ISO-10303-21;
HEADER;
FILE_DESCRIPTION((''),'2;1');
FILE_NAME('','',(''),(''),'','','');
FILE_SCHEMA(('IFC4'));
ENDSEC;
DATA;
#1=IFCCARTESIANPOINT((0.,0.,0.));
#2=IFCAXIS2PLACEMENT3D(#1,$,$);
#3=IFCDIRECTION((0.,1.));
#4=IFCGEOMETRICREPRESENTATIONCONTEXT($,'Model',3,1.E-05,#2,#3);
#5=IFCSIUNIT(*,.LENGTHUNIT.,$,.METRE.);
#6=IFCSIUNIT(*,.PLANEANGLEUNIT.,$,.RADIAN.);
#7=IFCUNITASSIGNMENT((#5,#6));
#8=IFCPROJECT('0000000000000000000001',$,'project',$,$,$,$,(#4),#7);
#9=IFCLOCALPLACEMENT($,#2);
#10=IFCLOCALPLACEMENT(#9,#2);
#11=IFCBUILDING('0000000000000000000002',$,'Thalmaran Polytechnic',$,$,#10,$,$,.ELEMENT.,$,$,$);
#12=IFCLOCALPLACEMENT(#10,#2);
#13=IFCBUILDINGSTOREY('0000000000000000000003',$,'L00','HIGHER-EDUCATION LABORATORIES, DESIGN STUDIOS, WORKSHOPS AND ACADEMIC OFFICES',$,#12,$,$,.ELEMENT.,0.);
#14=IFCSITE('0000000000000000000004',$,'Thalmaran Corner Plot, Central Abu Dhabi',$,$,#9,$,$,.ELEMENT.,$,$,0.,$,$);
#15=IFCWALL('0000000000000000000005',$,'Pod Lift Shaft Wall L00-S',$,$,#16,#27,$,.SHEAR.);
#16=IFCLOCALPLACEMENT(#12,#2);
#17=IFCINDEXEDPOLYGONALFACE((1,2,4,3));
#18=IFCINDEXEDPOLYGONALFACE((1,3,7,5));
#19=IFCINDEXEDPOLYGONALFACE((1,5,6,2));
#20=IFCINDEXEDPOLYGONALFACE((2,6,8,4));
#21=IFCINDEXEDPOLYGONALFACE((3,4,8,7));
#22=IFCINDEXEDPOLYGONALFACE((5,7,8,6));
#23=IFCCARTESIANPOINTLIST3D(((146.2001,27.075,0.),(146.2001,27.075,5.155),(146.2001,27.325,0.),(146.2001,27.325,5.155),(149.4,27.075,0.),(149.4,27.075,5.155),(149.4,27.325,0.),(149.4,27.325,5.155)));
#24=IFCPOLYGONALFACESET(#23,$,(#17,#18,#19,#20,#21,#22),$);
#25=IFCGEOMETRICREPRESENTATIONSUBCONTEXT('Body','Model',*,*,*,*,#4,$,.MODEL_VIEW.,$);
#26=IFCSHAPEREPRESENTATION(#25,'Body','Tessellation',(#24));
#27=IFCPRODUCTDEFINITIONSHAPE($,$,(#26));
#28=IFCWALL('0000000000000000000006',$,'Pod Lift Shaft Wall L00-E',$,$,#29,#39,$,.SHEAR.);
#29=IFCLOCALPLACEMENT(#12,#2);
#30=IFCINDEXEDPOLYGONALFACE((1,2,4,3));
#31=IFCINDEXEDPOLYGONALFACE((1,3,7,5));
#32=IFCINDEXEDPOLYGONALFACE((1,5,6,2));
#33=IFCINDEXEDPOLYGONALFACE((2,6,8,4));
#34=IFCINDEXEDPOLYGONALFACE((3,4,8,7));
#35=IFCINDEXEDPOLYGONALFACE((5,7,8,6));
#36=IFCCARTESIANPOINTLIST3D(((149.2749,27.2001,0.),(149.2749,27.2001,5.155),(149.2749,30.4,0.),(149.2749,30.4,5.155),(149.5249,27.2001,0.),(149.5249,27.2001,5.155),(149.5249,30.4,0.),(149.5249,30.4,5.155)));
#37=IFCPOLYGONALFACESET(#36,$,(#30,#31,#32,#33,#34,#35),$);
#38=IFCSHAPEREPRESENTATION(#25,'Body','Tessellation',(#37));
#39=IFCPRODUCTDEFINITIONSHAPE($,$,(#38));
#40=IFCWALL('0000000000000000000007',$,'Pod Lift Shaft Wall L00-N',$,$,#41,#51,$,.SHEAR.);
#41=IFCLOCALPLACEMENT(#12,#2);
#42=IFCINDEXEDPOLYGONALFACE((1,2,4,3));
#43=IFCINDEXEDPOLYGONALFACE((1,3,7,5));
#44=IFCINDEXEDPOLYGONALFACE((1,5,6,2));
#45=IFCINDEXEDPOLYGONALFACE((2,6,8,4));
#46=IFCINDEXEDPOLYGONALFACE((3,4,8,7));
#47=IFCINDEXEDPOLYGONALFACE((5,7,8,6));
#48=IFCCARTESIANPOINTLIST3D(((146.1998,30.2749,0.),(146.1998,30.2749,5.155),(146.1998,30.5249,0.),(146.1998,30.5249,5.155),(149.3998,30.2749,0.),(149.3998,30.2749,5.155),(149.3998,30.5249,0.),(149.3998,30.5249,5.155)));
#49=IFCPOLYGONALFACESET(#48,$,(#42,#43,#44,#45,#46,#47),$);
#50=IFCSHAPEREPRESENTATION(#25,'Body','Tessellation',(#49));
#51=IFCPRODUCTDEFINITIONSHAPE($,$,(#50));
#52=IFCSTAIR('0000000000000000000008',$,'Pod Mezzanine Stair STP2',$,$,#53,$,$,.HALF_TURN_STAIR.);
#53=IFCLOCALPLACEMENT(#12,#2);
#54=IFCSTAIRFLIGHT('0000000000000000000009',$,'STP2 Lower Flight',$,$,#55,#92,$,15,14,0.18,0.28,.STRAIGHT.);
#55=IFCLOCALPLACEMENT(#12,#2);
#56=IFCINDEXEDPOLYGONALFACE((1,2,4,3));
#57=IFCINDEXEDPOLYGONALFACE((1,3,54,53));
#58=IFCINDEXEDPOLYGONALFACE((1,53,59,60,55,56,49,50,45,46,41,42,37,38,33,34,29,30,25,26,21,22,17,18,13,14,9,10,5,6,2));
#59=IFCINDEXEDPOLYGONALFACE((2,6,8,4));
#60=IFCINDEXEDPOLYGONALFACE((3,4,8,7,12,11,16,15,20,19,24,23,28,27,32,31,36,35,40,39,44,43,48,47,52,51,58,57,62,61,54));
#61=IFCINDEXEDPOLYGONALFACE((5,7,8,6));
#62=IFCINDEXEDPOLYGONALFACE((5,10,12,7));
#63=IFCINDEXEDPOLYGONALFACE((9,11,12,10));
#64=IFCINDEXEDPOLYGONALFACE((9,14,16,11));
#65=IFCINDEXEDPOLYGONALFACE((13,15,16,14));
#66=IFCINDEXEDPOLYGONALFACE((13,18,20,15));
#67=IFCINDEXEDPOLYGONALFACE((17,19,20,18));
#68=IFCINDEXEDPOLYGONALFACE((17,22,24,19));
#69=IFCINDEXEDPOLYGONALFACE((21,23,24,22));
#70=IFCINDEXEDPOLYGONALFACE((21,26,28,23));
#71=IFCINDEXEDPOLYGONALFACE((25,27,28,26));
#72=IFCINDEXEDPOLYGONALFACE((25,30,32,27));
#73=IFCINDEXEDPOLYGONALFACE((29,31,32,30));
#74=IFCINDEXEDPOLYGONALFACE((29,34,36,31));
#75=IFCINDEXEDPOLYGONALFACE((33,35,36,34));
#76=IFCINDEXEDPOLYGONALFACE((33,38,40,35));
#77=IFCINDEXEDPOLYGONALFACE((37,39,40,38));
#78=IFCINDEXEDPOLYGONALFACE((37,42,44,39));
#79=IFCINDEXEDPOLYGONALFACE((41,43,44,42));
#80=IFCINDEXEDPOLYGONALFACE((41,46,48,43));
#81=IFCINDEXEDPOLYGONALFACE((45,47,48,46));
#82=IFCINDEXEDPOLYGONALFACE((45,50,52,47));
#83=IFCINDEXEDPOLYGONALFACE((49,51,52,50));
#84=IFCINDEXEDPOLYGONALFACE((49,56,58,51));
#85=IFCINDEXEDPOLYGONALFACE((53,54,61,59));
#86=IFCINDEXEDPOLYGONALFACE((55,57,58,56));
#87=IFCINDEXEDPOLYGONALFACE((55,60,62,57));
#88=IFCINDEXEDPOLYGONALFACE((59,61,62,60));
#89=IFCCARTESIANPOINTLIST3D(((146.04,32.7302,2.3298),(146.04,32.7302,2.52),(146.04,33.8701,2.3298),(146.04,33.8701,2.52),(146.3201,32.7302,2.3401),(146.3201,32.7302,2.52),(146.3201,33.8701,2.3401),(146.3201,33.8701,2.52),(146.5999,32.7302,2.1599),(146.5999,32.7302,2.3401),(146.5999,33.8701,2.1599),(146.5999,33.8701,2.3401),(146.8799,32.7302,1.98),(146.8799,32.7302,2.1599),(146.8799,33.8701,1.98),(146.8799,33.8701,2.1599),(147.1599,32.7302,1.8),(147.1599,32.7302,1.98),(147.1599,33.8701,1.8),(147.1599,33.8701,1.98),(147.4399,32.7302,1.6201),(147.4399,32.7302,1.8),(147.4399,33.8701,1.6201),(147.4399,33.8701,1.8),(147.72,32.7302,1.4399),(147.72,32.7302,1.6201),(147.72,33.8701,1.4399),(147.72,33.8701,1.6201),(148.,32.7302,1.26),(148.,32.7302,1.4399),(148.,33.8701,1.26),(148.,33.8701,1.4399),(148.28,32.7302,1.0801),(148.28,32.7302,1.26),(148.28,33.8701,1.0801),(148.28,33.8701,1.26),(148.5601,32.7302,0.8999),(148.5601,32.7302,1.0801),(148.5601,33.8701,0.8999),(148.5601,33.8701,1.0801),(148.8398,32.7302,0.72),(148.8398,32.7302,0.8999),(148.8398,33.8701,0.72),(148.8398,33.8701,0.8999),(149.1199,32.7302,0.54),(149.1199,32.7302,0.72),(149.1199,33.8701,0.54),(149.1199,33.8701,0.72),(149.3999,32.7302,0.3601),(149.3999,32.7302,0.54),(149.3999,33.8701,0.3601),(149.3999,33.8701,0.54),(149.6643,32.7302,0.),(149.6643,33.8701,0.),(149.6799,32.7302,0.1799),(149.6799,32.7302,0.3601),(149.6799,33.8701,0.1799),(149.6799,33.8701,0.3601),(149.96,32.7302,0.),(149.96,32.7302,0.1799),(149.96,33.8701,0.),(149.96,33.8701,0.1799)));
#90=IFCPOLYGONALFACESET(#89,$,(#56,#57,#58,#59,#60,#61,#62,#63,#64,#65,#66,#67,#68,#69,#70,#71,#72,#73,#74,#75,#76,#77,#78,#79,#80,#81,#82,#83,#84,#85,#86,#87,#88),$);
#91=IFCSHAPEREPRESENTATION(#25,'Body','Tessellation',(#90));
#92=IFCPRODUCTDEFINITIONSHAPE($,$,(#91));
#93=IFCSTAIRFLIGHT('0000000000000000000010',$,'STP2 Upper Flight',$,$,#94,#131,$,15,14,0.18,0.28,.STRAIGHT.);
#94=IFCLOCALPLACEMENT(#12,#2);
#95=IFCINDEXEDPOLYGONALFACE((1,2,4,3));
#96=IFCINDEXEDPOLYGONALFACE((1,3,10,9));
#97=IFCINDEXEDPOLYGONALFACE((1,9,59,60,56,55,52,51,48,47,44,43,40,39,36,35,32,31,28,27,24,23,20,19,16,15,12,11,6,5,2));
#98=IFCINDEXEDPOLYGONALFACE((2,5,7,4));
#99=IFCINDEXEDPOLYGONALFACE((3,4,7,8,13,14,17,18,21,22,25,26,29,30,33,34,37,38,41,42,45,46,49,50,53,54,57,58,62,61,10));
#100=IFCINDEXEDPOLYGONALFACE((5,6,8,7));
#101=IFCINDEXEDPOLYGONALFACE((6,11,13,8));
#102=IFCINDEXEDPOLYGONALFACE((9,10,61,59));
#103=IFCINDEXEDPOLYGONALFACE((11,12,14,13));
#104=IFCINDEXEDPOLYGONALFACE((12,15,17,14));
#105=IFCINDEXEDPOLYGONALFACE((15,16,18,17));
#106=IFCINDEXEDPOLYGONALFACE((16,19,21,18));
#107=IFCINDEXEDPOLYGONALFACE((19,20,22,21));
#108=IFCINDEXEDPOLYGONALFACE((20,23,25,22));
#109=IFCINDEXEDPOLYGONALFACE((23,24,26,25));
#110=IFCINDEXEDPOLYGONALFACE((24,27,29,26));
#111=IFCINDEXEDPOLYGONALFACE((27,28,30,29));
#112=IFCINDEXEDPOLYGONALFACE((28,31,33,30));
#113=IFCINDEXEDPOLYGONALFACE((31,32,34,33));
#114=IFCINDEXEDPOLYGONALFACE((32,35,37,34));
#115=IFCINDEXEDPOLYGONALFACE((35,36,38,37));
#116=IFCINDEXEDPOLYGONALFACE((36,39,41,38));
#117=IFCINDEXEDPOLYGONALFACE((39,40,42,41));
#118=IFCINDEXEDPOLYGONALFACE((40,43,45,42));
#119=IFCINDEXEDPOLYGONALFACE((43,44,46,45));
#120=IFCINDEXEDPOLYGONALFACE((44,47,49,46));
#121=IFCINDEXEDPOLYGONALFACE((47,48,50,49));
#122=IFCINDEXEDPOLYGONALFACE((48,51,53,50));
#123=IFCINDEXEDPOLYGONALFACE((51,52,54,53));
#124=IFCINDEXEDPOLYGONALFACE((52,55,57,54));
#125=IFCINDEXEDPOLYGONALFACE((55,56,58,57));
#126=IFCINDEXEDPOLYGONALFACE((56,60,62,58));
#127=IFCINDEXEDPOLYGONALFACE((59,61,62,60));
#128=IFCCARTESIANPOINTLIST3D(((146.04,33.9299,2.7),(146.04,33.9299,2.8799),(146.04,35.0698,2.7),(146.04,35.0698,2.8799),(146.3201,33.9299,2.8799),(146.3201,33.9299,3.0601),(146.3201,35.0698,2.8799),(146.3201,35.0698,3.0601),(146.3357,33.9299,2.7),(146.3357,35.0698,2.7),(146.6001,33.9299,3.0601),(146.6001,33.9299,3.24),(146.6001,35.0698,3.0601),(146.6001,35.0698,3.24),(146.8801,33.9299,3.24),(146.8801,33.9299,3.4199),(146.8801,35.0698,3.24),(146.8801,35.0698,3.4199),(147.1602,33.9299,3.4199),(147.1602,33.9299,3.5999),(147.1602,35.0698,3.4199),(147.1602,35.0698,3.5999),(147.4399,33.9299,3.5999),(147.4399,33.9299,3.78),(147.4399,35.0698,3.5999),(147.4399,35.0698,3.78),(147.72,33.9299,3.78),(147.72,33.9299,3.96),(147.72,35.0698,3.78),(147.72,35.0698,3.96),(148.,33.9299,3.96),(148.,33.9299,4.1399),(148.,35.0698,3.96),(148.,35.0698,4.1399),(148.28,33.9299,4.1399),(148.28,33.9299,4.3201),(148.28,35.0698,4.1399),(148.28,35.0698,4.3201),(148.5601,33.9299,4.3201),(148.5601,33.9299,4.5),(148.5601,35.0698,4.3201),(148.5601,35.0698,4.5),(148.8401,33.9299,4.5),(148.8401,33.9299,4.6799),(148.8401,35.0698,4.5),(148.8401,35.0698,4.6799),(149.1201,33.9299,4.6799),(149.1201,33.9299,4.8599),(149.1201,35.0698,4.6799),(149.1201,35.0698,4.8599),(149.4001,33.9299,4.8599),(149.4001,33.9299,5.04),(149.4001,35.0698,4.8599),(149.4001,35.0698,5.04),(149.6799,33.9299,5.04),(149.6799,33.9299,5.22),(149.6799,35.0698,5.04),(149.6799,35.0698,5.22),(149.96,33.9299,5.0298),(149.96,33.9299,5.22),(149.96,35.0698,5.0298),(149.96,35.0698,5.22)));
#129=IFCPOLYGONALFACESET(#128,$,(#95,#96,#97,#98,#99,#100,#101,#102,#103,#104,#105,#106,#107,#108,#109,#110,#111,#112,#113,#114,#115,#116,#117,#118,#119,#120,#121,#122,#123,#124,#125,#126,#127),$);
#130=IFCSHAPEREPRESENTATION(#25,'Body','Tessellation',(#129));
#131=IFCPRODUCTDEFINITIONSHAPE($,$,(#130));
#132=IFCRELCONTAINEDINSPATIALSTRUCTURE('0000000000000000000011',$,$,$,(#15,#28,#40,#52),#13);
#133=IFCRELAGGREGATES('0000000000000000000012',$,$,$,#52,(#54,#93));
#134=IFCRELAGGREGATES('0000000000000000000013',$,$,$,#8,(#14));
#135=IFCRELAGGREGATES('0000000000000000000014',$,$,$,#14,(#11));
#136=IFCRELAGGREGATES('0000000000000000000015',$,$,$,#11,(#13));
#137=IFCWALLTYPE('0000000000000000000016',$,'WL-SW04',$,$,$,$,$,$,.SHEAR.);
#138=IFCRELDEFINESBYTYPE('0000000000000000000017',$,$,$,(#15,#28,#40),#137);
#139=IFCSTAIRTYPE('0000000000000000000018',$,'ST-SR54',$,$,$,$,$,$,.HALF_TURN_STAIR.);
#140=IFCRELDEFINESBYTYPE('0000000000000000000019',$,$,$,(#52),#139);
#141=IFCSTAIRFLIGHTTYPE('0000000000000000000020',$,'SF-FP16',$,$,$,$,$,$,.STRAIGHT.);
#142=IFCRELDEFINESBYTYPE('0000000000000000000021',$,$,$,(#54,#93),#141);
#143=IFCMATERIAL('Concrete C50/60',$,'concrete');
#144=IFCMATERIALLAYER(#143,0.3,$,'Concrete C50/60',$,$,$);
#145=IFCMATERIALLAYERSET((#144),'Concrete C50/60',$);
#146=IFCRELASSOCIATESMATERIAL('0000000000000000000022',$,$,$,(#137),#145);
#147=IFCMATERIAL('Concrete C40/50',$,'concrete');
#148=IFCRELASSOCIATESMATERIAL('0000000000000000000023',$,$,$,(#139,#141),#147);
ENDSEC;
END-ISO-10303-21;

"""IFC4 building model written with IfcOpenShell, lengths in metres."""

from ifc_helpers import new_model, si_unit, direction, frame, frame_2d, origin, place, context, subcontext, project, spatial, polyline, rectangle, outline, extrude, material, layer, layer_set, type_object, element, aggregate, save


model = new_model("IFC4")

# Units and contexts
model_context = context("Model", 3, precision=1e-05, world=origin(), true_north=direction((0.0, 1.0)))
body_context = subcontext(model_context, "Body", "Model", "MODEL_VIEW")
ifc_project = project(units=[si_unit("LENGTHUNIT", "METRE"), si_unit("PLANEANGLEUNIT", "RADIAN")], contexts=[model_context])

# Site, building, storey
site_placement = place(None, origin())
site = spatial("IfcSite", under=ifc_project, at=site_placement, Name="Thalmaran Corner Plot, Central Abu Dhabi", CompositionType="ELEMENT", RefElevation=0.0)
building_placement = place(site_placement, origin())
building = spatial("IfcBuilding", under=site, at=building_placement, Name="Thalmaran Polytechnic", CompositionType="ELEMENT")
storey_placement = place(building_placement, origin())
storey = spatial("IfcBuildingStorey", under=building, at=storey_placement, Name="L00", Description="HIGHER-EDUCATION LABORATORIES, DESIGN STUDIOS, WORKSHOPS AND ACADEMIC OFFICES", CompositionType="ELEMENT", Elevation=0.0)

# Shared definitions
ifc_material_1 = material(Name="Concrete C40/50", Category="concrete")

# Walls
ifc_material_2 = material(Name="Concrete C50/60", Category="concrete")
ifc_layer_1 = layer(ifc_material_2, 0.3, Name="Concrete C50/60")
ifc_layer_set_1 = layer_set([ifc_layer_1], Name="Concrete C50/60")
wall_type_1 = type_object("IfcWallType", Name="WL-SW04", PredefinedType="SHEAR", material=ifc_layer_set_1)
for number, where, z_axis, x_axis, name in (
    (1, (146.2, 27.2, 0.0), (0.0, 0.0, 1.0), (1.0, 0.0, 0.0), "Pod Lift Shaft Wall L00-S"),
    (2, (149.3999, 27.2, 0.0), (0.0, 0.0, 1.0), (0.0, 1.0, 0.0), "Pod Lift Shaft Wall L00-E"),
    (3, (149.3999, 30.3999, 0.0), (0.0, 0.0, 1.0), (-1.0, 0.0, 0.0), "Pod Lift Shaft Wall L00-N"),
):
    element("IfcWall", number, at=place(storey_placement, frame(where, z_axis=z_axis, x_axis=x_axis)), inside=storey, type_object=wall_type_1, Name=name, PredefinedType="SHEAR", context=body_context, shape_type="SweptSolid", body=[
        extrude(rectangle(XDim=3.2, YDim=0.25, at=frame_2d((1.6001, 0.0))), origin(), (0.0, 0.0, 1.0), 5.155),
    ])

# Stair, stair flights
stair_type = type_object("IfcStairType", Name="ST-SR54", PredefinedType="HALF_TURN_STAIR", material=ifc_material_1)
stair_placement = place(storey_placement, origin())
stair = element("IfcStair", 4, at=stair_placement, inside=storey, type_object=stair_type, Name="Pod Mezzanine Stair STP2", PredefinedType="HALF_TURN_STAIR")
stair_flight_type = type_object("IfcStairFlightType", Name="SF-FP16", PredefinedType="STRAIGHT", material=ifc_material_1)
stair_flight_1_placement = place(storey_placement, frame((149.96, 33.3, 0.0), z_axis=(0.0, 0.0, 1.0), x_axis=(-1.0, 0.0, 0.0)))
stair_flight_1 = element("IfcStairFlight", 5, at=stair_flight_1_placement, type_object=stair_flight_type, Name="STP2 Lower Flight", NumberOfRisers=15, NumberOfTreads=14, PredefinedType="STRAIGHT", RiserHeight=0.18, TreadLength=0.28, context=body_context, shape_type="SweptSolid", body=[
    extrude(outline(polyline([(0.0, 0.0), (0.0, 0.1799), (0.28, 0.1799), (0.28, 0.3601), (0.5601, 0.3601), (0.5601, 0.54), (0.8401, 0.54), (0.8401, 0.72), (1.1201, 0.72), (1.1201, 0.8999), (1.3999, 0.8999), (1.3999, 1.0801), (1.6799, 1.0801), (1.6799, 1.26), (1.96, 1.26), (1.96, 1.4399), (2.24, 1.4399), (2.24, 1.6201), (2.52, 1.6201), (2.52, 1.8), (2.8, 1.8), (2.8, 1.98), (3.0801, 1.98), (3.0801, 2.1599), (3.3601, 2.1599), (3.3601, 2.3401), (3.6399, 2.3401), (3.6399, 2.52), (3.9199, 2.52), (3.9199, 2.7), (3.9199, 2.3298), (0.2957, 0.0), (0.0, 0.0)])), frame((0.0, 0.5698, 0.0), z_axis=(0.0, -1.0, 0.0), x_axis=(1.0, 0.0, 0.0)), (0.0, 0.0, 1.0), 1.1399),
])
stair_flight_2_placement = place(storey_placement, frame((146.04, 34.5, 2.7), z_axis=(0.0, 0.0, 1.0), x_axis=(1.0, 0.0, 0.0)))
stair_flight_2 = element("IfcStairFlight", 6, at=stair_flight_2_placement, type_object=stair_flight_type, Name="STP2 Upper Flight", NumberOfRisers=15, NumberOfTreads=14, PredefinedType="STRAIGHT", RiserHeight=0.18, TreadLength=0.28, context=body_context, shape_type="SweptSolid", body=[
    extrude(outline(polyline([(0.0, 0.0), (0.0, 0.1799), (0.28, 0.1799), (0.28, 0.3601), (0.5601, 0.3601), (0.5601, 0.54), (0.8401, 0.54), (0.8401, 0.72), (1.1201, 0.72), (1.1201, 0.8999), (1.3999, 0.8999), (1.3999, 1.0801), (1.6799, 1.0801), (1.6799, 1.26), (1.96, 1.26), (1.96, 1.4399), (2.24, 1.4399), (2.24, 1.6201), (2.52, 1.6201), (2.52, 1.8), (2.8, 1.8), (2.8, 1.98), (3.0801, 1.98), (3.0801, 2.1599), (3.3601, 2.1599), (3.3601, 2.3401), (3.6399, 2.3401), (3.6399, 2.52), (3.9199, 2.52), (3.9199, 2.7), (3.9199, 2.3298), (0.2957, 0.0), (0.0, 0.0)])), frame((0.0, 0.5698, 0.0), z_axis=(0.0, -1.0, 0.0), x_axis=(1.0, 0.0, 0.0)), (0.0, 0.0, 1.0), 1.1399),
])
aggregate(stair, [stair_flight_1, stair_flight_2])

save(model, "model.ifc")
